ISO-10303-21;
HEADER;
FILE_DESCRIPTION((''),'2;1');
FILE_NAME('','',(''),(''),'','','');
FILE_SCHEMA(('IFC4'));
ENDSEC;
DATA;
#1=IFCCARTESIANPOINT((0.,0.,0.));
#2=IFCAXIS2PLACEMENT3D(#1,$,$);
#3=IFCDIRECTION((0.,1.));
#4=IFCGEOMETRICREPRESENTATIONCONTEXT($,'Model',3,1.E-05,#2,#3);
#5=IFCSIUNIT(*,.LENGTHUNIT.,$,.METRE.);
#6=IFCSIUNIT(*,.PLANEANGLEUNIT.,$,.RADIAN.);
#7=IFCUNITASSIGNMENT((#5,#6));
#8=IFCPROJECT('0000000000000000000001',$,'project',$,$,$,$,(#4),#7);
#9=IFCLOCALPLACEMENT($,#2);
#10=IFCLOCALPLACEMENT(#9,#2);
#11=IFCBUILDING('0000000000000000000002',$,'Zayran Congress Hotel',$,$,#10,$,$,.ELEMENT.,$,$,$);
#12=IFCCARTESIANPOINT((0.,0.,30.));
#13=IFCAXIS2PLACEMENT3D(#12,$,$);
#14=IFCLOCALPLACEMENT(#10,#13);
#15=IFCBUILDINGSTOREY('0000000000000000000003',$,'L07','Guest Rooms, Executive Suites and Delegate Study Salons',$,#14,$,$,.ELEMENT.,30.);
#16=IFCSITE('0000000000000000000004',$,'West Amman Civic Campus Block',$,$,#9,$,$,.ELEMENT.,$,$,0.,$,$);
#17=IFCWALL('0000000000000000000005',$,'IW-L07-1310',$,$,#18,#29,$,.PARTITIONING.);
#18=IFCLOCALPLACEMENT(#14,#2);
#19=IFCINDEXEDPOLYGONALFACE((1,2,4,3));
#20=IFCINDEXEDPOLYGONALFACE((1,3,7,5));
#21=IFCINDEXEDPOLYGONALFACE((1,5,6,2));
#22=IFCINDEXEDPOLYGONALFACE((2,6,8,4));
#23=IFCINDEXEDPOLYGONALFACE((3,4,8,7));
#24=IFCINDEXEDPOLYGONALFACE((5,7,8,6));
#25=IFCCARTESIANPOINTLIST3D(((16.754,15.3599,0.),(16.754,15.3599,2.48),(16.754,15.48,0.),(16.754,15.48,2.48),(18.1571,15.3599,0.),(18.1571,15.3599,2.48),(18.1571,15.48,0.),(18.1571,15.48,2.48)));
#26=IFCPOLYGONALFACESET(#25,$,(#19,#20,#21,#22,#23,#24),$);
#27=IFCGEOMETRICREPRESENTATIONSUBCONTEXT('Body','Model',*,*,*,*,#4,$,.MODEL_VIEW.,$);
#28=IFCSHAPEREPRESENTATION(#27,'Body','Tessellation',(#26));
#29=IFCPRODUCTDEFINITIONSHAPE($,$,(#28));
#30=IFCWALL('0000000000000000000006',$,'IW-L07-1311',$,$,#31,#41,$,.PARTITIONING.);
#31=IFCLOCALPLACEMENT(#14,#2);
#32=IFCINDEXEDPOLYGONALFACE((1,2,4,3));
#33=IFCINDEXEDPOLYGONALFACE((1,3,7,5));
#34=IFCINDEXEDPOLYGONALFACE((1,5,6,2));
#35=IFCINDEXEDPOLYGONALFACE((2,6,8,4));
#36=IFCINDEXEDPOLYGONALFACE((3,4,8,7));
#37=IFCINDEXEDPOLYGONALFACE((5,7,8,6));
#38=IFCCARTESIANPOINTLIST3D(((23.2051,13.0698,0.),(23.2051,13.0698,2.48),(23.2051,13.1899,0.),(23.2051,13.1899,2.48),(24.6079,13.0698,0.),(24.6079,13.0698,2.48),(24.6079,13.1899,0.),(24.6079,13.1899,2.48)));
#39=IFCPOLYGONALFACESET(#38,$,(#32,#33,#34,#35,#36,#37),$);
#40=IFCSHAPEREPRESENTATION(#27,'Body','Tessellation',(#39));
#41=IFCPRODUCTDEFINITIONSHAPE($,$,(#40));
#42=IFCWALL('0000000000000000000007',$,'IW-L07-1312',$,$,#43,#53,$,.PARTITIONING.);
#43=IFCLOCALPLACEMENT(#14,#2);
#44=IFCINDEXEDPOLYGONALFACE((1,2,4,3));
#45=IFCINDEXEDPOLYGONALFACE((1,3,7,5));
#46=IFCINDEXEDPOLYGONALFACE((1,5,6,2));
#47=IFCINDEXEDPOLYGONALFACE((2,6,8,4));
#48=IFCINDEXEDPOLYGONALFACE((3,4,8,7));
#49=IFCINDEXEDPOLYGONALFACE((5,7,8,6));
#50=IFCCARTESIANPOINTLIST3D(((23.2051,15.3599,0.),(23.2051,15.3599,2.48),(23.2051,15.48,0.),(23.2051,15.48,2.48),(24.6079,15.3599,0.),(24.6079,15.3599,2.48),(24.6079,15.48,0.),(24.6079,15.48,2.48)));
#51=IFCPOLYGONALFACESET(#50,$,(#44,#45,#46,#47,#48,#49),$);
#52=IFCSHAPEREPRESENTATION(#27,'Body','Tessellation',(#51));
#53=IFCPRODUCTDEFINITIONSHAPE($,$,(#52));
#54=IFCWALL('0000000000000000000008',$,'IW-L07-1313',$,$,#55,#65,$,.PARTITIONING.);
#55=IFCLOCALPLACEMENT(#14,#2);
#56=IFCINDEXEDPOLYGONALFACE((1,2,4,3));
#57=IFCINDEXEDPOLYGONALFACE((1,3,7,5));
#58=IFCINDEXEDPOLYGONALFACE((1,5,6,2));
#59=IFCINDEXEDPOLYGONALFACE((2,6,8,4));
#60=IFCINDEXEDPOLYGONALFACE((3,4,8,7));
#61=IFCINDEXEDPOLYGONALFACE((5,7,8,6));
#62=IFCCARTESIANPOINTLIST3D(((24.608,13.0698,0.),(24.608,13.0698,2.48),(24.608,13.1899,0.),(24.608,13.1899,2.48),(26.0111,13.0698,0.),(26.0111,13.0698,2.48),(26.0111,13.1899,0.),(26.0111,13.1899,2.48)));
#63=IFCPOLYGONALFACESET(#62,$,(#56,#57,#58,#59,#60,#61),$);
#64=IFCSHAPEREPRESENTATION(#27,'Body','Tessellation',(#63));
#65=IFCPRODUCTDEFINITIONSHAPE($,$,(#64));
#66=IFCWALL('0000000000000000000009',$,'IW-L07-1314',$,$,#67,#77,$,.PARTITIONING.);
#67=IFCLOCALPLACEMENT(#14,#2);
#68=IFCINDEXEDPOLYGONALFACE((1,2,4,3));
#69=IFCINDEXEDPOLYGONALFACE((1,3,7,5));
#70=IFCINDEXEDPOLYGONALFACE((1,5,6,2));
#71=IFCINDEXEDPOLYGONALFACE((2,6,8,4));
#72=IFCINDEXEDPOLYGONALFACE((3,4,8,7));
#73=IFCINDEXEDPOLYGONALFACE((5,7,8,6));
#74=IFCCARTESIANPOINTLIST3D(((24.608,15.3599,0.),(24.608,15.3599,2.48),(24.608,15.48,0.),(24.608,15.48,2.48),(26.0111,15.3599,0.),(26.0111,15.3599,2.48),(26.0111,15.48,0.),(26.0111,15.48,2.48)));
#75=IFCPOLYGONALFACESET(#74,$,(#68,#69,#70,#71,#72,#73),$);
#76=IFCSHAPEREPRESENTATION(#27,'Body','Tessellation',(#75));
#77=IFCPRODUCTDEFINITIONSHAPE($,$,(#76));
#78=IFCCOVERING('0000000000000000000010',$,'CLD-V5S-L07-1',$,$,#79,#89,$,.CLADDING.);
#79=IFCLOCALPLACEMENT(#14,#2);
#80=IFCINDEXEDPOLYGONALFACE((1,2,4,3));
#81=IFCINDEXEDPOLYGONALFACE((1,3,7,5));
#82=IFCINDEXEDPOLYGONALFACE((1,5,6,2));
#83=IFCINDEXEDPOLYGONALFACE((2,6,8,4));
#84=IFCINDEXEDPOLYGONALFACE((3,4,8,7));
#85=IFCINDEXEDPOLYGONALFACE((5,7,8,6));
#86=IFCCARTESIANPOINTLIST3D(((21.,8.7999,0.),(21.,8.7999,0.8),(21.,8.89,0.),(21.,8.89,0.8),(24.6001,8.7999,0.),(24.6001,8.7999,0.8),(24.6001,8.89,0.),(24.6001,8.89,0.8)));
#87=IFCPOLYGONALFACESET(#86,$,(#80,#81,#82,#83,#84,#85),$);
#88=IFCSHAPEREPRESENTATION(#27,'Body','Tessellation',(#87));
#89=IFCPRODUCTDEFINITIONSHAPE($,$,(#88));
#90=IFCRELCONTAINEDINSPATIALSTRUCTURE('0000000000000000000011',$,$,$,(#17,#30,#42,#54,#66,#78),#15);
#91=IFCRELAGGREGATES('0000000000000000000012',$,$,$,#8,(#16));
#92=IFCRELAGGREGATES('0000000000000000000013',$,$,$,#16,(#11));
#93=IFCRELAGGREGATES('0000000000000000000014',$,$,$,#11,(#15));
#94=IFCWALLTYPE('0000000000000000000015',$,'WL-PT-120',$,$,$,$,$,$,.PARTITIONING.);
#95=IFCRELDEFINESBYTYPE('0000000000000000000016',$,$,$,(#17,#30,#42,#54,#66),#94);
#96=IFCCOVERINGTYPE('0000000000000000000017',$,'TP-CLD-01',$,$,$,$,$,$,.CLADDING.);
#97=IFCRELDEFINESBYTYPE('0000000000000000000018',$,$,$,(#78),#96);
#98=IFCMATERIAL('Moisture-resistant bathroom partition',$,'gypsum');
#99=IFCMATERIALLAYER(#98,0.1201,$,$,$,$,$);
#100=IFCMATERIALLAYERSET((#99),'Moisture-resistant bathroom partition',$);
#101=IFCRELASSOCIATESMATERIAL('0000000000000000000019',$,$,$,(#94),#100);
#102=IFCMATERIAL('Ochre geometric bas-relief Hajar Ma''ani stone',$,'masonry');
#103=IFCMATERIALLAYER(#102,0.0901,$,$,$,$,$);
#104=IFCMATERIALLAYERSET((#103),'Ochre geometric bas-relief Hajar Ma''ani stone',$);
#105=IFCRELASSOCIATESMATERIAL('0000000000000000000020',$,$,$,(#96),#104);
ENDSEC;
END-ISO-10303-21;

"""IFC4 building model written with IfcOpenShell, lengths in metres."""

from ifc_helpers import new_model, si_unit, direction, frame, frame_2d, origin, origin_2d, place, context, subcontext, project, spatial, rectangle, extrude, material, layer, layer_set, type_object, element, save


model = new_model("IFC4")

# Units and contexts
model_context = context("Model", 3, precision=1e-05, world=origin(), true_north=direction((0.0, 1.0)))
body_context = subcontext(model_context, "Body", "Model", "MODEL_VIEW")
ifc_project = project(units=[si_unit("LENGTHUNIT", "METRE"), si_unit("PLANEANGLEUNIT", "RADIAN")], contexts=[model_context])

# Site, building, storey
site_placement = place(None, origin())
site = spatial("IfcSite", under=ifc_project, at=site_placement, Name="West Amman Civic Campus Block", CompositionType="ELEMENT", RefElevation=0.0)
building_placement = place(site_placement, origin())
building = spatial("IfcBuilding", under=site, at=building_placement, Name="Zayran Congress Hotel", CompositionType="ELEMENT")
storey_placement = place(building_placement, frame((0.0, 0.0, 30.0)))
storey = spatial("IfcBuildingStorey", under=building, at=storey_placement, Name="L07", Description="Guest Rooms, Executive Suites and Delegate Study Salons", CompositionType="ELEMENT", Elevation=30.0)

# Shared definitions
ifc_material_1 = material(Name="Moisture-resistant bathroom partition", Category="gypsum")
ifc_layer_1 = layer(ifc_material_1, 0.1201)
ifc_layer_set_1 = layer_set([ifc_layer_1], Name="Moisture-resistant bathroom partition")
wall_type_1 = type_object("IfcWallType", Name="WL-PT-120", PredefinedType="PARTITIONING", material=ifc_layer_set_1)

# Walls
for number, where, z_axis, x_axis, name in (
    (1, (16.7539, 15.4199, 0.0), (0.0, 0.0, 1.0), (1.0, 0.0, 0.0), "IW-L07-1310"),
):
    element("IfcWall", number, at=place(storey_placement, frame(where, z_axis=z_axis, x_axis=x_axis)), inside=storey, type_object=wall_type_1, Name=name, PredefinedType="PARTITIONING", context=body_context, shape_type="SweptSolid", body=[
        extrude(rectangle(XDim=1.4031, YDim=0.1201, at=frame_2d((0.7017, 0.0))), origin(), (0.0, 0.0, 1.0), 2.48),
    ])
for number, where, z_axis, x_axis, name in (
    (2, (23.2051, 13.1299, 0.0), (0.0, 0.0, 1.0), (1.0, 0.0, 0.0), "IW-L07-1311"),
    (3, (23.2051, 15.4199, 0.0), (0.0, 0.0, 1.0), (1.0, 0.0, 0.0), "IW-L07-1312"),
):
    element("IfcWall", number, at=place(storey_placement, frame(where, z_axis=z_axis, x_axis=x_axis)), inside=storey, type_object=wall_type_1, Name=name, PredefinedType="PARTITIONING", context=body_context, shape_type="SweptSolid", body=[
        extrude(rectangle(XDim=1.4028, YDim=0.1201, at=frame_2d((0.7014, 0.0))), origin(), (0.0, 0.0, 1.0), 2.48),
    ])
for number, where, z_axis, x_axis, name in (
    (4, (24.6079, 13.1299, 0.0), (0.0, 0.0, 1.0), (1.0, 0.0, 0.0), "IW-L07-1313"),
    (5, (24.6079, 15.4199, 0.0), (0.0, 0.0, 1.0), (1.0, 0.0, 0.0), "IW-L07-1314"),
):
    element("IfcWall", number, at=place(storey_placement, frame(where, z_axis=z_axis, x_axis=x_axis)), inside=storey, type_object=wall_type_1, Name=name, PredefinedType="PARTITIONING", context=body_context, shape_type="SweptSolid", body=[
        extrude(rectangle(XDim=1.4031, YDim=0.1201, at=frame_2d((0.7017, 0.0))), origin(), (0.0, 0.0, 1.0), 2.48),
    ])

# Covering
ifc_material_2 = material(Name="Ochre geometric bas-relief Hajar Ma'ani stone", Category="masonry")
ifc_layer_2 = layer(ifc_material_2, 0.0901)
ifc_layer_set_2 = layer_set([ifc_layer_2], Name="Ochre geometric bas-relief Hajar Ma'ani stone")
covering_type = type_object("IfcCoveringType", Name="TP-CLD-01", PredefinedType="CLADDING", material=ifc_layer_set_2)
covering_placement = place(storey_placement, frame((22.8, 8.845, 0.0), z_axis=(0.0, 0.0, 1.0), x_axis=(1.0, 0.0, 0.0)))
element("IfcCovering", 6, at=covering_placement, inside=storey, type_object=covering_type, Name="CLD-V5S-L07-1", PredefinedType="CLADDING", context=body_context, shape_type="SweptSolid", body=[
    extrude(rectangle(XDim=3.6001, YDim=0.0901, at=origin_2d()), origin(), (0.0, 0.0, 1.0), 0.8),
])

save(model, "model.ifc")
